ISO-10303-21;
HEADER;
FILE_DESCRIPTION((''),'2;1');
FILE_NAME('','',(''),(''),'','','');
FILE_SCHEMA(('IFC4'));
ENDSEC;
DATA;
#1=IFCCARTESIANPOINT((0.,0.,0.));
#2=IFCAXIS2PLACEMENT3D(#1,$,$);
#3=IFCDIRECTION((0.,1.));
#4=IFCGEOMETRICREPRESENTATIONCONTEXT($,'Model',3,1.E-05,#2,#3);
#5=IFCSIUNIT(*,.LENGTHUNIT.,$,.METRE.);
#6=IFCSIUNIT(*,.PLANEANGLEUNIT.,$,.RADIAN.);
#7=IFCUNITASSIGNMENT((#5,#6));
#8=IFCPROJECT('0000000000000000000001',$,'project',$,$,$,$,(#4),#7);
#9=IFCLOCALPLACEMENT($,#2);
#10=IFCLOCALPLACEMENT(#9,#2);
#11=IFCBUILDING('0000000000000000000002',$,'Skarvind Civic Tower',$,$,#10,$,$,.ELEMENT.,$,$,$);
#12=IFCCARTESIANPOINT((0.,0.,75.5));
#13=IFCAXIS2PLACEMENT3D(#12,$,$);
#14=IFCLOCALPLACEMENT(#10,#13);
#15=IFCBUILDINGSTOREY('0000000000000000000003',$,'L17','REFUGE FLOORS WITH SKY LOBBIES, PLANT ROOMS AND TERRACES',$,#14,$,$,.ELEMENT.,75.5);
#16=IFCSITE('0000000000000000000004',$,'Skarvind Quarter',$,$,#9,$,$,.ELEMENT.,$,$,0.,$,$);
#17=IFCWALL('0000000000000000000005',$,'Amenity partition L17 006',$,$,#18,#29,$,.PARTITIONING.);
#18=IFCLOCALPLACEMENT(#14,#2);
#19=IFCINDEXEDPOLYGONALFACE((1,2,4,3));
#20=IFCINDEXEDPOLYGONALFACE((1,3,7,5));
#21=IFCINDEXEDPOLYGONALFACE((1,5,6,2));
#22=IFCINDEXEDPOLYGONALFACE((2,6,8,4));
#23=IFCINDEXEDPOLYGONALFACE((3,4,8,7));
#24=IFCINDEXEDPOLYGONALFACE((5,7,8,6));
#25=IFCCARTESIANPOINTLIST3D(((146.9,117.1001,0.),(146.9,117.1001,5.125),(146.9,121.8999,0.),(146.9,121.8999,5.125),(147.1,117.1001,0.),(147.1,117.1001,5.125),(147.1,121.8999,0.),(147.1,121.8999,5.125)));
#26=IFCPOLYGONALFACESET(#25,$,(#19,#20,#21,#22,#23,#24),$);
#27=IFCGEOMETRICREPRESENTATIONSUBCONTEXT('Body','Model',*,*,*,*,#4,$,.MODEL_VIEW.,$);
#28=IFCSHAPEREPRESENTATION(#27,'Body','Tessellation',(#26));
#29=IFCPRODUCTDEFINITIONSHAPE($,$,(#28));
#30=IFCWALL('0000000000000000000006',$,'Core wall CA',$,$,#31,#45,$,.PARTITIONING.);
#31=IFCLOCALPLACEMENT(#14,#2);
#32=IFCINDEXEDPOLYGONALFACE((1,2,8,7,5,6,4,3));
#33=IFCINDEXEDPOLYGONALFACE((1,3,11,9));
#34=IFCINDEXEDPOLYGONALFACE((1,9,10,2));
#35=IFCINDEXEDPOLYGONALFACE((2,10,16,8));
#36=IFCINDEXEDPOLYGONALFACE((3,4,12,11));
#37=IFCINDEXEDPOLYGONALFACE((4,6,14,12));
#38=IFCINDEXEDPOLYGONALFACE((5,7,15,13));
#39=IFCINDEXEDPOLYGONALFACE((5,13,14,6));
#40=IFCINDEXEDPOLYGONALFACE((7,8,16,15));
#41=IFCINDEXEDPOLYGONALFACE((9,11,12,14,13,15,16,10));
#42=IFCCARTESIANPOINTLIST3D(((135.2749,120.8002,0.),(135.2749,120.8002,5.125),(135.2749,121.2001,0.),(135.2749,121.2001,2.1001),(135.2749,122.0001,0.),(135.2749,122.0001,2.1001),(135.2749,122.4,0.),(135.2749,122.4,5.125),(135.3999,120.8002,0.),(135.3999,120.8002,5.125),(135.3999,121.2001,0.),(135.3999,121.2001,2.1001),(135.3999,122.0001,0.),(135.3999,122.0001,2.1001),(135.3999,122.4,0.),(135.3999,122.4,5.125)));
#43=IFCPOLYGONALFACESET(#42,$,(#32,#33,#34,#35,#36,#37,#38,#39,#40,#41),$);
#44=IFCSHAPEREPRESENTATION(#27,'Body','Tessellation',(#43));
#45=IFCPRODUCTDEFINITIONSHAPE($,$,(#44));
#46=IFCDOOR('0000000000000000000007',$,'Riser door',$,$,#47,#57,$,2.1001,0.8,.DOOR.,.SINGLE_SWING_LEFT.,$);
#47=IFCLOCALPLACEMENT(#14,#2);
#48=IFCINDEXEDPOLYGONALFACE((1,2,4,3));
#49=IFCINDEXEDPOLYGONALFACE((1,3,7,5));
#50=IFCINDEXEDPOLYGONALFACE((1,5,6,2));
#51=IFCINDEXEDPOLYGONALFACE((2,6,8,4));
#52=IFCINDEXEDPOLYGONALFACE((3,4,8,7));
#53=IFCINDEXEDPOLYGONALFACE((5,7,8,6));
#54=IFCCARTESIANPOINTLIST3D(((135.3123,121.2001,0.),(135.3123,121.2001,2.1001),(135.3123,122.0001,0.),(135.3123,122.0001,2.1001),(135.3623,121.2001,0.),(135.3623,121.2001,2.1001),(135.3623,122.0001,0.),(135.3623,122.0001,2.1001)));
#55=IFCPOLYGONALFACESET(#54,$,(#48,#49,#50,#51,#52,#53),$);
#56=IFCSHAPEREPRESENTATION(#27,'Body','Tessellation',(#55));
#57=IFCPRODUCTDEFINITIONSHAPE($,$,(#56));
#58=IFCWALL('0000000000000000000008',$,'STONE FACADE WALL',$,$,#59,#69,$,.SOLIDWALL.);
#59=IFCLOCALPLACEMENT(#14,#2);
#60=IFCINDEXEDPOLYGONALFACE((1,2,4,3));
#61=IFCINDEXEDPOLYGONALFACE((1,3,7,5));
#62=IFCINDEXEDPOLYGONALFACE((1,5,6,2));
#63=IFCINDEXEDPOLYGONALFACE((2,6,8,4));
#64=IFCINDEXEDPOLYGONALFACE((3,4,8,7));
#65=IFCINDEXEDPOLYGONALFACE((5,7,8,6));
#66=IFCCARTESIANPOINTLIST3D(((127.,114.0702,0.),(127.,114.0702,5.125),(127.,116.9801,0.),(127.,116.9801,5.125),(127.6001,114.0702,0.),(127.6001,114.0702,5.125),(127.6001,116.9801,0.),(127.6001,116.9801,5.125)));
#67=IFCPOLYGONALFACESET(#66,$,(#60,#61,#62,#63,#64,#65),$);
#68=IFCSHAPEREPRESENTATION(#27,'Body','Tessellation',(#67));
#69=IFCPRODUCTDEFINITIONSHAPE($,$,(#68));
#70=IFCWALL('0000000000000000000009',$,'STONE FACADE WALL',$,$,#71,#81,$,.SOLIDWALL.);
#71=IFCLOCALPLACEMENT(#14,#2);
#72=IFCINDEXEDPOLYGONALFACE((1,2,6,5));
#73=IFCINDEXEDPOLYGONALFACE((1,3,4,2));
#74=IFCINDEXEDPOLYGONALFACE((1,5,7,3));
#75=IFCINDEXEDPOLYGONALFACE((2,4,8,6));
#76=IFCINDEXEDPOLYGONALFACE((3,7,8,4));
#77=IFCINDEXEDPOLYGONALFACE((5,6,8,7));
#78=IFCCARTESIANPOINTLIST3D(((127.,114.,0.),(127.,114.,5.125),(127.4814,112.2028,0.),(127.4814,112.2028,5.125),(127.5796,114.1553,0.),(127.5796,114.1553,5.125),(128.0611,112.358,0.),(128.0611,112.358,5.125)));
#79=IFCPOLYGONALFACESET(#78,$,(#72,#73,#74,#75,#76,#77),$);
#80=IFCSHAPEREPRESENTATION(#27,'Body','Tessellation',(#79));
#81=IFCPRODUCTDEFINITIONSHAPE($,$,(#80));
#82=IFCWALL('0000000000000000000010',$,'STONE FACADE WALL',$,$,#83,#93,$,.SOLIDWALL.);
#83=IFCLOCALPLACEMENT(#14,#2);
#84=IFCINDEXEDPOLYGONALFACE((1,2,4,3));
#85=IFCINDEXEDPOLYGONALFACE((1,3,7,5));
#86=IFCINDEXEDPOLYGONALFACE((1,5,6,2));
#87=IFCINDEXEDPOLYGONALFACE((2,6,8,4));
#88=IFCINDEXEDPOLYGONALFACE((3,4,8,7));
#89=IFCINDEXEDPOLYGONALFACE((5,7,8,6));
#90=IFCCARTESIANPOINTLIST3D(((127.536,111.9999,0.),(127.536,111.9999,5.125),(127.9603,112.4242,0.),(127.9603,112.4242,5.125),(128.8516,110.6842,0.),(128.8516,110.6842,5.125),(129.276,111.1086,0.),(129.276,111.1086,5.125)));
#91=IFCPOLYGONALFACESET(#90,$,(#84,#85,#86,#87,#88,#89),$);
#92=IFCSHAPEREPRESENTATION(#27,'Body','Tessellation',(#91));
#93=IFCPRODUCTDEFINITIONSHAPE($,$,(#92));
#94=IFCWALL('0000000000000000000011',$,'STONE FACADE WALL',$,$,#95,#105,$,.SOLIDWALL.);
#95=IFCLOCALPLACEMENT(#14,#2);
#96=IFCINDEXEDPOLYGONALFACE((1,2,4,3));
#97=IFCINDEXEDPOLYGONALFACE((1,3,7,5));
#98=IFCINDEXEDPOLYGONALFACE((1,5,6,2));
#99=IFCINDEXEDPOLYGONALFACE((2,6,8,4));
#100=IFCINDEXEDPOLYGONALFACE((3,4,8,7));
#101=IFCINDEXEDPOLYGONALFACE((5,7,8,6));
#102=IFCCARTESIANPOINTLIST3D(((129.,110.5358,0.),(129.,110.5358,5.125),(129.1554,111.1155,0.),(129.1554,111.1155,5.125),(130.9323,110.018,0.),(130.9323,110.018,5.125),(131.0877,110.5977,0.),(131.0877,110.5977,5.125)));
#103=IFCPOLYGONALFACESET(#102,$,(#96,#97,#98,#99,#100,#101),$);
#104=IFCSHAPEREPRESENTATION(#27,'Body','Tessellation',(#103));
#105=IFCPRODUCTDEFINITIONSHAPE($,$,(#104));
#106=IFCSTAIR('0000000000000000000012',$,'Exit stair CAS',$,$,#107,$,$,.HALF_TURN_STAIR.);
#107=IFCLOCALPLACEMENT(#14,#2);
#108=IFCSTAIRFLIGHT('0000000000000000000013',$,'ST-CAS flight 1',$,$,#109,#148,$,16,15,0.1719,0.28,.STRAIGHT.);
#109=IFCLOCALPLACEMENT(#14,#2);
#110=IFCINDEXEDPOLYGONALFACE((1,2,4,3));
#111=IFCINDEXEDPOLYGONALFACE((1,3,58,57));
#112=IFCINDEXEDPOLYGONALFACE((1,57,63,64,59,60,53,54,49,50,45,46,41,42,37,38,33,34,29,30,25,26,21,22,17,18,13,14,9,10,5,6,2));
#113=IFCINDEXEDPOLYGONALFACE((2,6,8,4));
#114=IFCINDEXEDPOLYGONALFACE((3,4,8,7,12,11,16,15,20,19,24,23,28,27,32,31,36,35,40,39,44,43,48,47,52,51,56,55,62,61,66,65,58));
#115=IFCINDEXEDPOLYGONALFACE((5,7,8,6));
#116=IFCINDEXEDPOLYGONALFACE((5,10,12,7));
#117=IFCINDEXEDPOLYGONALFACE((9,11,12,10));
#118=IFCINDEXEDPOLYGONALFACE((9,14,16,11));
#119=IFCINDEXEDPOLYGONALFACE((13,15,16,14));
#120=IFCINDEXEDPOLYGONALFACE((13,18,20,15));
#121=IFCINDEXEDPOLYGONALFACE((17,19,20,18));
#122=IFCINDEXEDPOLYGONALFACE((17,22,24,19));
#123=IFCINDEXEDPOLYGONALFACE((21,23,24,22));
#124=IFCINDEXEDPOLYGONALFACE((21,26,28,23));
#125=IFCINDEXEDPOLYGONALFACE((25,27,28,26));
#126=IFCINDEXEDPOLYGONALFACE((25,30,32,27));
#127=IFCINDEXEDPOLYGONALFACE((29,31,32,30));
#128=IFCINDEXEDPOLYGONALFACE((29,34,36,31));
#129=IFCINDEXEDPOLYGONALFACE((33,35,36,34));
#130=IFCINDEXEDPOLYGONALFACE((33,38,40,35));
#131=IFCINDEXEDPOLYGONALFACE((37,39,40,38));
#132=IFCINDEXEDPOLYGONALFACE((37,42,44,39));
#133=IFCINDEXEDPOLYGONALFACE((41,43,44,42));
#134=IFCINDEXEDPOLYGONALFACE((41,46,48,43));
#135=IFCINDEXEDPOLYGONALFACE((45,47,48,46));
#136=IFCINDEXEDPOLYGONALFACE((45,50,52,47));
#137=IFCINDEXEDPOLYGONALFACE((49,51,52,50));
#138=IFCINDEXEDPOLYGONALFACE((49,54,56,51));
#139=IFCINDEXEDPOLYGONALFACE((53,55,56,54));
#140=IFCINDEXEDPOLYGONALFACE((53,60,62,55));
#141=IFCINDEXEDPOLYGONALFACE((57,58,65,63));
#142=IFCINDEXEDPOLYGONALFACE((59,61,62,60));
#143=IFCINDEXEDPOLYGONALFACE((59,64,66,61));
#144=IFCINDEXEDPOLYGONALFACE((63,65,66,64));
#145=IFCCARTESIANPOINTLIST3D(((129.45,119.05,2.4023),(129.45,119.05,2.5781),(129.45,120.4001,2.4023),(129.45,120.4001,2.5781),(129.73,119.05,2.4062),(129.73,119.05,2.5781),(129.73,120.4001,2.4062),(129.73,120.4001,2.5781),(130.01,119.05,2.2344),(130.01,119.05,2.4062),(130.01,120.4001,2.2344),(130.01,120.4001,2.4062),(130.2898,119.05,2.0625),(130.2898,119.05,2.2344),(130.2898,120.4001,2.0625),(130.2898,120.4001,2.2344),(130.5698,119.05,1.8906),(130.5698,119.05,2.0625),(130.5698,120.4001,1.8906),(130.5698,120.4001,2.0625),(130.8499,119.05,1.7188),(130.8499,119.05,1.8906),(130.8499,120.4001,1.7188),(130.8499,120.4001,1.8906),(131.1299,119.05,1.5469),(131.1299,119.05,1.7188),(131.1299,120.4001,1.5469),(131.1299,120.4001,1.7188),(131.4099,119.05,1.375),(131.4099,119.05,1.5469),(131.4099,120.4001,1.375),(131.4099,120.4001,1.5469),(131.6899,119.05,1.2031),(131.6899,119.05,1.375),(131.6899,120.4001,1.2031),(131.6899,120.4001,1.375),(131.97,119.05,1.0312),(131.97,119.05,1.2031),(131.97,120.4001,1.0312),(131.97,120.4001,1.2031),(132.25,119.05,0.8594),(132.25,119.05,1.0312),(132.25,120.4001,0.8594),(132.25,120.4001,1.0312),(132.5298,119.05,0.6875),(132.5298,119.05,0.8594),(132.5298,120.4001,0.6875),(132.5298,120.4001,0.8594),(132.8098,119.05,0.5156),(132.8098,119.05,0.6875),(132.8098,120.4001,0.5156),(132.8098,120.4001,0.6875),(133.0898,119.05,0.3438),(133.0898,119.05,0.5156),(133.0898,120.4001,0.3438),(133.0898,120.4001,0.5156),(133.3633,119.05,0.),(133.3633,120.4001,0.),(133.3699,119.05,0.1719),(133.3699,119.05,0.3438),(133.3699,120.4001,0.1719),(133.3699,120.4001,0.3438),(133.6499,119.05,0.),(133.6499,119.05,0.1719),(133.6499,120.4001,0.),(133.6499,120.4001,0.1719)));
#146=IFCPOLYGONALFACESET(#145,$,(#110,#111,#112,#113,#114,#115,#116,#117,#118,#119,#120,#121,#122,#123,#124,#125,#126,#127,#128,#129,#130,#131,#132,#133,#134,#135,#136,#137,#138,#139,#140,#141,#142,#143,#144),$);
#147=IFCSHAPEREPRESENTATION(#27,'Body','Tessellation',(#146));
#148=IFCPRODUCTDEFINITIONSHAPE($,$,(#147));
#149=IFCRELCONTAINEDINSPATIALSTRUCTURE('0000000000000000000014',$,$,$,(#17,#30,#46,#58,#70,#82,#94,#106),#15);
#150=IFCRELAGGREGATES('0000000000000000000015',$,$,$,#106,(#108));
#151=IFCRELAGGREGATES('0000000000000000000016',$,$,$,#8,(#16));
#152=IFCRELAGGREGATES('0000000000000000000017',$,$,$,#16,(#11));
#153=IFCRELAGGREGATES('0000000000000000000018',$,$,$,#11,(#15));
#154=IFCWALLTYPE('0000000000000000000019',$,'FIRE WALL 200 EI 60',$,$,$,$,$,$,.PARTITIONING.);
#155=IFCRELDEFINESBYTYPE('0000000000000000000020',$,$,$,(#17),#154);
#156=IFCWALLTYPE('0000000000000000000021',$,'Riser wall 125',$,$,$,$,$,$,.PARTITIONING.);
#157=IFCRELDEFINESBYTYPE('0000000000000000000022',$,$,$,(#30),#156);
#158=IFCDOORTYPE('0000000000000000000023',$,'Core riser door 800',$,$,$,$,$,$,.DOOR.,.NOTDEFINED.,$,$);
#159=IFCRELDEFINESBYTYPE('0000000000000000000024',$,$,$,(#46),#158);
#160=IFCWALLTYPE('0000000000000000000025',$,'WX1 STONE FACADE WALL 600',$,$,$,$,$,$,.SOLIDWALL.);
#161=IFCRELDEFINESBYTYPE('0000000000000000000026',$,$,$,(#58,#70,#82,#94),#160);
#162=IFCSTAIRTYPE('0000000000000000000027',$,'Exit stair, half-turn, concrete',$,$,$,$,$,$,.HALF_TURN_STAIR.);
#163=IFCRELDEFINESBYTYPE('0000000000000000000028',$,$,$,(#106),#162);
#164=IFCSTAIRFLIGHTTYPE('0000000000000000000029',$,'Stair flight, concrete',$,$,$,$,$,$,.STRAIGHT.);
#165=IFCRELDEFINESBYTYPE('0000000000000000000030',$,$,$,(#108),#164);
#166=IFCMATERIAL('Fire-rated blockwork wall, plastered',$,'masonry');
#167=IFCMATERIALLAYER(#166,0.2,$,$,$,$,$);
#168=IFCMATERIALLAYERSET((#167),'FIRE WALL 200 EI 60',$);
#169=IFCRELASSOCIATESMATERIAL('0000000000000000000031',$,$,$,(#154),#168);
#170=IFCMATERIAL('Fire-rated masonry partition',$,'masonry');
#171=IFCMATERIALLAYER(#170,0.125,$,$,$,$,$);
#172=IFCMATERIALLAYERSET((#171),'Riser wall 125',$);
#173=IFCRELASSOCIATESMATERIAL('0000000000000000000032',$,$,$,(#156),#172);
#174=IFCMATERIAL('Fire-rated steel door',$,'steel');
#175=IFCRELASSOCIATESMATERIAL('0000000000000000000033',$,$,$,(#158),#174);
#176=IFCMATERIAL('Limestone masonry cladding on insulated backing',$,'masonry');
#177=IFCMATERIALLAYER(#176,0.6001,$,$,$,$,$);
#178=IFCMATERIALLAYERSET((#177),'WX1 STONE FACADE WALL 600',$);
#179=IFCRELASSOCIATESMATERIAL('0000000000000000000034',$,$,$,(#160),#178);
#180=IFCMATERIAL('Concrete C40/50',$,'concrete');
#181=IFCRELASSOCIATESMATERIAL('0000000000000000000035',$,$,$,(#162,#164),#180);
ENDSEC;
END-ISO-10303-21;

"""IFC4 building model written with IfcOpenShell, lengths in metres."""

from ifc_helpers import new_model, si_unit, direction, frame, frame_2d, origin, place, context, subcontext, project, spatial, polyline, rectangle, outline, extrude, material, layer, layer_set, type_object, element, fill, aggregate, save


model = new_model("IFC4")

# Units and contexts
model_context = context("Model", 3, precision=1e-05, world=origin(), true_north=direction((0.0, 1.0)))
body_context = subcontext(model_context, "Body", "Model", "MODEL_VIEW")
ifc_project = project(units=[si_unit("LENGTHUNIT", "METRE"), si_unit("PLANEANGLEUNIT", "RADIAN")], contexts=[model_context])

# Site, building, storey
site_placement = place(None, origin())
site = spatial("IfcSite", under=ifc_project, at=site_placement, Name="Skarvind Quarter", CompositionType="ELEMENT", RefElevation=0.0)
building_placement = place(site_placement, origin())
building = spatial("IfcBuilding", under=site, at=building_placement, Name="Skarvind Civic Tower", CompositionType="ELEMENT")
storey_placement = place(building_placement, frame((0.0, 0.0, 75.5)))
storey = spatial("IfcBuildingStorey", under=building, at=storey_placement, Name="L17", Description="REFUGE FLOORS WITH SKY LOBBIES, PLANT ROOMS AND TERRACES", CompositionType="ELEMENT", Elevation=75.5)

# Shared definitions
ifc_material_1 = material(Name="Fire-rated masonry partition", Category="masonry")
ifc_material_2 = material(Name="Fire-rated steel door", Category="steel")

# Wall
ifc_material_3 = material(Name="Fire-rated blockwork wall, plastered", Category="masonry")
ifc_layer_1 = layer(ifc_material_3, 0.2)
ifc_layer_set_1 = layer_set([ifc_layer_1], Name="FIRE WALL 200 EI 60")
wall_type_1 = type_object("IfcWallType", Name="FIRE WALL 200 EI 60", PredefinedType="PARTITIONING", material=ifc_layer_set_1)
wall_1_placement = place(storey_placement, frame((147.0, 117.1001, 0.0), z_axis=(0.0, 0.0, 1.0), x_axis=(0.0, 1.0, 0.0)))
element("IfcWall", 1, at=wall_1_placement, inside=storey, type_object=wall_type_1, Name="Amenity partition L17 006", PredefinedType="PARTITIONING", context=body_context, shape_type="SweptSolid", body=[
    extrude(rectangle(XDim=4.7998, YDim=0.2, at=frame_2d((2.3999, 0.0))), origin(), (0.0, 0.0, 1.0), 5.125),
])

# Wall, opening, door
ifc_layer_2 = layer(ifc_material_1, 0.125)
ifc_layer_set_2 = layer_set([ifc_layer_2], Name="Riser wall 125")
wall_type_2 = type_object("IfcWallType", Name="Riser wall 125", PredefinedType="PARTITIONING", material=ifc_layer_set_2)
wall_2_placement = place(storey_placement, frame((135.3374, 122.3999, 0.0), z_axis=(0.0, 0.0, 1.0), x_axis=(0.0, -1.0, 0.0)))
wall_2 = element("IfcWall", 2, at=wall_2_placement, inside=storey, type_object=wall_type_2, Name="Core wall CA", PredefinedType="PARTITIONING", context=body_context, shape_type="SweptSolid", body=[
    extrude(rectangle(XDim=1.5999, YDim=0.125, at=frame_2d((0.7998, 0.0))), origin(), (0.0, 0.0, 1.0), 5.125),
])
opening_1_placement = place(wall_2_placement, frame((0.3999, 0.0, 0.0)))
opening_1 = element("IfcOpeningElement", 3, at=opening_1_placement, cuts=wall_2, PredefinedType="OPENING", context=body_context, shape_type="SweptSolid", body=[
    extrude(rectangle(XDim=0.8, YDim=2.1001, at=frame_2d((0.3999, 1.05))), frame((0.0, 0.0725, 0.0), z_axis=(0.0, -1.0, 0.0), x_axis=(1.0, 0.0, 0.0)), (0.0, 0.0, 1.0), 0.145),
])
door_type_1 = type_object("IfcDoorType", Name="Core riser door 800", OperationType="NOTDEFINED", PredefinedType="DOOR", material=ifc_material_2)
door_1_placement = place(opening_1_placement, origin())
door_1 = element("IfcDoor", 4, at=door_1_placement, inside=storey, type_object=door_type_1, Name="Riser door", OperationType="SINGLE_SWING_LEFT", OverallHeight=2.1001, OverallWidth=0.8, PredefinedType="DOOR", context=body_context, shape_type="SweptSolid", body=[
    extrude(rectangle(XDim=0.8, YDim=2.1001, at=frame_2d((0.3999, 1.05))), frame((0.0, 0.0249, 0.0), z_axis=(0.0, -1.0, 0.0), x_axis=(1.0, 0.0, 0.0)), (0.0, 0.0, 1.0), 0.05),
])
fill(opening_1, door_1)

# Walls
ifc_material_4 = material(Name="Limestone masonry cladding on insulated backing", Category="masonry")
ifc_layer_3 = layer(ifc_material_4, 0.6001)
ifc_layer_set_3 = layer_set([ifc_layer_3], Name="WX1 STONE FACADE WALL 600")
wall_type_3 = type_object("IfcWallType", Name="WX1 STONE FACADE WALL 600", PredefinedType="SOLIDWALL", material=ifc_layer_set_3)
wall_3_placement = place(storey_placement, frame((127.3, 114.0701, 0.0), z_axis=(0.0, 0.0, 1.0), x_axis=(0.0, 1.0, 0.0)))
element("IfcWall", 5, at=wall_3_placement, inside=storey, type_object=wall_type_3, Name="STONE FACADE WALL", PredefinedType="SOLIDWALL", context=body_context, shape_type="SweptSolid", body=[
    extrude(rectangle(XDim=2.9099, YDim=0.6001, at=frame_2d((1.4551, 0.0))), origin(), (0.0, 0.0, 1.0), 5.125),
])
for number, where, z_axis, x_axis, name in (
    (6, (127.7712, 112.2805, 0.0), (0.0, 0.0, 1.0), (-0.258773, 0.965938, 0.0), "STONE FACADE WALL"),
    (7, (129.0637, 110.8965, 0.0), (0.0, 0.0, 1.0), (-0.707107, 0.707107, 0.0), "STONE FACADE WALL"),
):
    element("IfcWall", number, at=place(storey_placement, frame(where, z_axis=z_axis, x_axis=x_axis)), inside=storey, type_object=wall_type_3, Name=name, PredefinedType="SOLIDWALL", context=body_context, shape_type="SweptSolid", body=[
        extrude(rectangle(XDim=1.8606, YDim=0.6001, at=frame_2d((0.9302, 0.0))), origin(), (0.0, 0.0, 1.0), 5.125),
    ])
wall_4_placement = place(storey_placement, frame((131.01, 110.3079, 0.0), z_axis=(0.0, 0.0, 1.0), x_axis=(-0.96592, 0.25884, 0.0)))
element("IfcWall", 8, at=wall_4_placement, inside=storey, type_object=wall_type_3, Name="STONE FACADE WALL", PredefinedType="SOLIDWALL", context=body_context, shape_type="SweptSolid", body=[
    extrude(rectangle(XDim=2.0005, YDim=0.6001, at=frame_2d((1.0002, 0.0))), origin(), (0.0, 0.0, 1.0), 5.125),
])

# Stair, stair flight
ifc_material_5 = material(Name="Concrete C40/50", Category="concrete")
stair_type = type_object("IfcStairType", Name="Exit stair, half-turn, concrete", PredefinedType="HALF_TURN_STAIR", material=ifc_material_5)
stair_placement = place(storey_placement, origin())
stair = element("IfcStair", 9, at=stair_placement, inside=storey, type_object=stair_type, Name="Exit stair CAS", PredefinedType="HALF_TURN_STAIR")
stair_flight_type = type_object("IfcStairFlightType", Name="Stair flight, concrete", PredefinedType="STRAIGHT", material=ifc_material_5)
stair_flight_1_placement = place(storey_placement, frame((133.6499, 119.7251, 0.0), z_axis=(0.0, 0.0, 1.0), x_axis=(-1.0, 0.0, 0.0)))
stair_flight_1 = element("IfcStairFlight", 10, at=stair_flight_1_placement, type_object=stair_flight_type, Name="ST-CAS flight 1", NumberOfRisers=16, NumberOfTreads=15, PredefinedType="STRAIGHT", RiserHeight=0.1719, TreadLength=0.28, context=body_context, shape_type="SweptSolid", body=[
    extrude(outline(polyline([(0.0, 0.0), (0.0, 0.1719), (0.28, 0.1719), (0.28, 0.3438), (0.5601, 0.3438), (0.5601, 0.5156), (0.8401, 0.5156), (0.8401, 0.6875), (1.1201, 0.6875), (1.1201, 0.8594), (1.3999, 0.8594), (1.3999, 1.0312), (1.6799, 1.0312), (1.6799, 1.2031), (1.96, 1.2031), (1.96, 1.375), (2.24, 1.375), (2.24, 1.5469), (2.52, 1.5469), (2.52, 1.7188), (2.8, 1.7188), (2.8, 1.8906), (3.0801, 1.8906), (3.0801, 2.0625), (3.3601, 2.0625), (3.3601, 2.2344), (3.6399, 2.2344), (3.6399, 2.4062), (3.9199, 2.4062), (3.9199, 2.5781), (4.2, 2.5781), (4.2, 2.75), (4.2, 2.4023), (0.2866, 0.0), (0.0, 0.0)])), frame((0.0, 0.675, 0.0), z_axis=(0.0, -1.0, 0.0), x_axis=(1.0, 0.0, 0.0)), (0.0, 0.0, 1.0), 1.3501),
])
aggregate(stair, [stair_flight_1])

save(model, "model.ifc")
